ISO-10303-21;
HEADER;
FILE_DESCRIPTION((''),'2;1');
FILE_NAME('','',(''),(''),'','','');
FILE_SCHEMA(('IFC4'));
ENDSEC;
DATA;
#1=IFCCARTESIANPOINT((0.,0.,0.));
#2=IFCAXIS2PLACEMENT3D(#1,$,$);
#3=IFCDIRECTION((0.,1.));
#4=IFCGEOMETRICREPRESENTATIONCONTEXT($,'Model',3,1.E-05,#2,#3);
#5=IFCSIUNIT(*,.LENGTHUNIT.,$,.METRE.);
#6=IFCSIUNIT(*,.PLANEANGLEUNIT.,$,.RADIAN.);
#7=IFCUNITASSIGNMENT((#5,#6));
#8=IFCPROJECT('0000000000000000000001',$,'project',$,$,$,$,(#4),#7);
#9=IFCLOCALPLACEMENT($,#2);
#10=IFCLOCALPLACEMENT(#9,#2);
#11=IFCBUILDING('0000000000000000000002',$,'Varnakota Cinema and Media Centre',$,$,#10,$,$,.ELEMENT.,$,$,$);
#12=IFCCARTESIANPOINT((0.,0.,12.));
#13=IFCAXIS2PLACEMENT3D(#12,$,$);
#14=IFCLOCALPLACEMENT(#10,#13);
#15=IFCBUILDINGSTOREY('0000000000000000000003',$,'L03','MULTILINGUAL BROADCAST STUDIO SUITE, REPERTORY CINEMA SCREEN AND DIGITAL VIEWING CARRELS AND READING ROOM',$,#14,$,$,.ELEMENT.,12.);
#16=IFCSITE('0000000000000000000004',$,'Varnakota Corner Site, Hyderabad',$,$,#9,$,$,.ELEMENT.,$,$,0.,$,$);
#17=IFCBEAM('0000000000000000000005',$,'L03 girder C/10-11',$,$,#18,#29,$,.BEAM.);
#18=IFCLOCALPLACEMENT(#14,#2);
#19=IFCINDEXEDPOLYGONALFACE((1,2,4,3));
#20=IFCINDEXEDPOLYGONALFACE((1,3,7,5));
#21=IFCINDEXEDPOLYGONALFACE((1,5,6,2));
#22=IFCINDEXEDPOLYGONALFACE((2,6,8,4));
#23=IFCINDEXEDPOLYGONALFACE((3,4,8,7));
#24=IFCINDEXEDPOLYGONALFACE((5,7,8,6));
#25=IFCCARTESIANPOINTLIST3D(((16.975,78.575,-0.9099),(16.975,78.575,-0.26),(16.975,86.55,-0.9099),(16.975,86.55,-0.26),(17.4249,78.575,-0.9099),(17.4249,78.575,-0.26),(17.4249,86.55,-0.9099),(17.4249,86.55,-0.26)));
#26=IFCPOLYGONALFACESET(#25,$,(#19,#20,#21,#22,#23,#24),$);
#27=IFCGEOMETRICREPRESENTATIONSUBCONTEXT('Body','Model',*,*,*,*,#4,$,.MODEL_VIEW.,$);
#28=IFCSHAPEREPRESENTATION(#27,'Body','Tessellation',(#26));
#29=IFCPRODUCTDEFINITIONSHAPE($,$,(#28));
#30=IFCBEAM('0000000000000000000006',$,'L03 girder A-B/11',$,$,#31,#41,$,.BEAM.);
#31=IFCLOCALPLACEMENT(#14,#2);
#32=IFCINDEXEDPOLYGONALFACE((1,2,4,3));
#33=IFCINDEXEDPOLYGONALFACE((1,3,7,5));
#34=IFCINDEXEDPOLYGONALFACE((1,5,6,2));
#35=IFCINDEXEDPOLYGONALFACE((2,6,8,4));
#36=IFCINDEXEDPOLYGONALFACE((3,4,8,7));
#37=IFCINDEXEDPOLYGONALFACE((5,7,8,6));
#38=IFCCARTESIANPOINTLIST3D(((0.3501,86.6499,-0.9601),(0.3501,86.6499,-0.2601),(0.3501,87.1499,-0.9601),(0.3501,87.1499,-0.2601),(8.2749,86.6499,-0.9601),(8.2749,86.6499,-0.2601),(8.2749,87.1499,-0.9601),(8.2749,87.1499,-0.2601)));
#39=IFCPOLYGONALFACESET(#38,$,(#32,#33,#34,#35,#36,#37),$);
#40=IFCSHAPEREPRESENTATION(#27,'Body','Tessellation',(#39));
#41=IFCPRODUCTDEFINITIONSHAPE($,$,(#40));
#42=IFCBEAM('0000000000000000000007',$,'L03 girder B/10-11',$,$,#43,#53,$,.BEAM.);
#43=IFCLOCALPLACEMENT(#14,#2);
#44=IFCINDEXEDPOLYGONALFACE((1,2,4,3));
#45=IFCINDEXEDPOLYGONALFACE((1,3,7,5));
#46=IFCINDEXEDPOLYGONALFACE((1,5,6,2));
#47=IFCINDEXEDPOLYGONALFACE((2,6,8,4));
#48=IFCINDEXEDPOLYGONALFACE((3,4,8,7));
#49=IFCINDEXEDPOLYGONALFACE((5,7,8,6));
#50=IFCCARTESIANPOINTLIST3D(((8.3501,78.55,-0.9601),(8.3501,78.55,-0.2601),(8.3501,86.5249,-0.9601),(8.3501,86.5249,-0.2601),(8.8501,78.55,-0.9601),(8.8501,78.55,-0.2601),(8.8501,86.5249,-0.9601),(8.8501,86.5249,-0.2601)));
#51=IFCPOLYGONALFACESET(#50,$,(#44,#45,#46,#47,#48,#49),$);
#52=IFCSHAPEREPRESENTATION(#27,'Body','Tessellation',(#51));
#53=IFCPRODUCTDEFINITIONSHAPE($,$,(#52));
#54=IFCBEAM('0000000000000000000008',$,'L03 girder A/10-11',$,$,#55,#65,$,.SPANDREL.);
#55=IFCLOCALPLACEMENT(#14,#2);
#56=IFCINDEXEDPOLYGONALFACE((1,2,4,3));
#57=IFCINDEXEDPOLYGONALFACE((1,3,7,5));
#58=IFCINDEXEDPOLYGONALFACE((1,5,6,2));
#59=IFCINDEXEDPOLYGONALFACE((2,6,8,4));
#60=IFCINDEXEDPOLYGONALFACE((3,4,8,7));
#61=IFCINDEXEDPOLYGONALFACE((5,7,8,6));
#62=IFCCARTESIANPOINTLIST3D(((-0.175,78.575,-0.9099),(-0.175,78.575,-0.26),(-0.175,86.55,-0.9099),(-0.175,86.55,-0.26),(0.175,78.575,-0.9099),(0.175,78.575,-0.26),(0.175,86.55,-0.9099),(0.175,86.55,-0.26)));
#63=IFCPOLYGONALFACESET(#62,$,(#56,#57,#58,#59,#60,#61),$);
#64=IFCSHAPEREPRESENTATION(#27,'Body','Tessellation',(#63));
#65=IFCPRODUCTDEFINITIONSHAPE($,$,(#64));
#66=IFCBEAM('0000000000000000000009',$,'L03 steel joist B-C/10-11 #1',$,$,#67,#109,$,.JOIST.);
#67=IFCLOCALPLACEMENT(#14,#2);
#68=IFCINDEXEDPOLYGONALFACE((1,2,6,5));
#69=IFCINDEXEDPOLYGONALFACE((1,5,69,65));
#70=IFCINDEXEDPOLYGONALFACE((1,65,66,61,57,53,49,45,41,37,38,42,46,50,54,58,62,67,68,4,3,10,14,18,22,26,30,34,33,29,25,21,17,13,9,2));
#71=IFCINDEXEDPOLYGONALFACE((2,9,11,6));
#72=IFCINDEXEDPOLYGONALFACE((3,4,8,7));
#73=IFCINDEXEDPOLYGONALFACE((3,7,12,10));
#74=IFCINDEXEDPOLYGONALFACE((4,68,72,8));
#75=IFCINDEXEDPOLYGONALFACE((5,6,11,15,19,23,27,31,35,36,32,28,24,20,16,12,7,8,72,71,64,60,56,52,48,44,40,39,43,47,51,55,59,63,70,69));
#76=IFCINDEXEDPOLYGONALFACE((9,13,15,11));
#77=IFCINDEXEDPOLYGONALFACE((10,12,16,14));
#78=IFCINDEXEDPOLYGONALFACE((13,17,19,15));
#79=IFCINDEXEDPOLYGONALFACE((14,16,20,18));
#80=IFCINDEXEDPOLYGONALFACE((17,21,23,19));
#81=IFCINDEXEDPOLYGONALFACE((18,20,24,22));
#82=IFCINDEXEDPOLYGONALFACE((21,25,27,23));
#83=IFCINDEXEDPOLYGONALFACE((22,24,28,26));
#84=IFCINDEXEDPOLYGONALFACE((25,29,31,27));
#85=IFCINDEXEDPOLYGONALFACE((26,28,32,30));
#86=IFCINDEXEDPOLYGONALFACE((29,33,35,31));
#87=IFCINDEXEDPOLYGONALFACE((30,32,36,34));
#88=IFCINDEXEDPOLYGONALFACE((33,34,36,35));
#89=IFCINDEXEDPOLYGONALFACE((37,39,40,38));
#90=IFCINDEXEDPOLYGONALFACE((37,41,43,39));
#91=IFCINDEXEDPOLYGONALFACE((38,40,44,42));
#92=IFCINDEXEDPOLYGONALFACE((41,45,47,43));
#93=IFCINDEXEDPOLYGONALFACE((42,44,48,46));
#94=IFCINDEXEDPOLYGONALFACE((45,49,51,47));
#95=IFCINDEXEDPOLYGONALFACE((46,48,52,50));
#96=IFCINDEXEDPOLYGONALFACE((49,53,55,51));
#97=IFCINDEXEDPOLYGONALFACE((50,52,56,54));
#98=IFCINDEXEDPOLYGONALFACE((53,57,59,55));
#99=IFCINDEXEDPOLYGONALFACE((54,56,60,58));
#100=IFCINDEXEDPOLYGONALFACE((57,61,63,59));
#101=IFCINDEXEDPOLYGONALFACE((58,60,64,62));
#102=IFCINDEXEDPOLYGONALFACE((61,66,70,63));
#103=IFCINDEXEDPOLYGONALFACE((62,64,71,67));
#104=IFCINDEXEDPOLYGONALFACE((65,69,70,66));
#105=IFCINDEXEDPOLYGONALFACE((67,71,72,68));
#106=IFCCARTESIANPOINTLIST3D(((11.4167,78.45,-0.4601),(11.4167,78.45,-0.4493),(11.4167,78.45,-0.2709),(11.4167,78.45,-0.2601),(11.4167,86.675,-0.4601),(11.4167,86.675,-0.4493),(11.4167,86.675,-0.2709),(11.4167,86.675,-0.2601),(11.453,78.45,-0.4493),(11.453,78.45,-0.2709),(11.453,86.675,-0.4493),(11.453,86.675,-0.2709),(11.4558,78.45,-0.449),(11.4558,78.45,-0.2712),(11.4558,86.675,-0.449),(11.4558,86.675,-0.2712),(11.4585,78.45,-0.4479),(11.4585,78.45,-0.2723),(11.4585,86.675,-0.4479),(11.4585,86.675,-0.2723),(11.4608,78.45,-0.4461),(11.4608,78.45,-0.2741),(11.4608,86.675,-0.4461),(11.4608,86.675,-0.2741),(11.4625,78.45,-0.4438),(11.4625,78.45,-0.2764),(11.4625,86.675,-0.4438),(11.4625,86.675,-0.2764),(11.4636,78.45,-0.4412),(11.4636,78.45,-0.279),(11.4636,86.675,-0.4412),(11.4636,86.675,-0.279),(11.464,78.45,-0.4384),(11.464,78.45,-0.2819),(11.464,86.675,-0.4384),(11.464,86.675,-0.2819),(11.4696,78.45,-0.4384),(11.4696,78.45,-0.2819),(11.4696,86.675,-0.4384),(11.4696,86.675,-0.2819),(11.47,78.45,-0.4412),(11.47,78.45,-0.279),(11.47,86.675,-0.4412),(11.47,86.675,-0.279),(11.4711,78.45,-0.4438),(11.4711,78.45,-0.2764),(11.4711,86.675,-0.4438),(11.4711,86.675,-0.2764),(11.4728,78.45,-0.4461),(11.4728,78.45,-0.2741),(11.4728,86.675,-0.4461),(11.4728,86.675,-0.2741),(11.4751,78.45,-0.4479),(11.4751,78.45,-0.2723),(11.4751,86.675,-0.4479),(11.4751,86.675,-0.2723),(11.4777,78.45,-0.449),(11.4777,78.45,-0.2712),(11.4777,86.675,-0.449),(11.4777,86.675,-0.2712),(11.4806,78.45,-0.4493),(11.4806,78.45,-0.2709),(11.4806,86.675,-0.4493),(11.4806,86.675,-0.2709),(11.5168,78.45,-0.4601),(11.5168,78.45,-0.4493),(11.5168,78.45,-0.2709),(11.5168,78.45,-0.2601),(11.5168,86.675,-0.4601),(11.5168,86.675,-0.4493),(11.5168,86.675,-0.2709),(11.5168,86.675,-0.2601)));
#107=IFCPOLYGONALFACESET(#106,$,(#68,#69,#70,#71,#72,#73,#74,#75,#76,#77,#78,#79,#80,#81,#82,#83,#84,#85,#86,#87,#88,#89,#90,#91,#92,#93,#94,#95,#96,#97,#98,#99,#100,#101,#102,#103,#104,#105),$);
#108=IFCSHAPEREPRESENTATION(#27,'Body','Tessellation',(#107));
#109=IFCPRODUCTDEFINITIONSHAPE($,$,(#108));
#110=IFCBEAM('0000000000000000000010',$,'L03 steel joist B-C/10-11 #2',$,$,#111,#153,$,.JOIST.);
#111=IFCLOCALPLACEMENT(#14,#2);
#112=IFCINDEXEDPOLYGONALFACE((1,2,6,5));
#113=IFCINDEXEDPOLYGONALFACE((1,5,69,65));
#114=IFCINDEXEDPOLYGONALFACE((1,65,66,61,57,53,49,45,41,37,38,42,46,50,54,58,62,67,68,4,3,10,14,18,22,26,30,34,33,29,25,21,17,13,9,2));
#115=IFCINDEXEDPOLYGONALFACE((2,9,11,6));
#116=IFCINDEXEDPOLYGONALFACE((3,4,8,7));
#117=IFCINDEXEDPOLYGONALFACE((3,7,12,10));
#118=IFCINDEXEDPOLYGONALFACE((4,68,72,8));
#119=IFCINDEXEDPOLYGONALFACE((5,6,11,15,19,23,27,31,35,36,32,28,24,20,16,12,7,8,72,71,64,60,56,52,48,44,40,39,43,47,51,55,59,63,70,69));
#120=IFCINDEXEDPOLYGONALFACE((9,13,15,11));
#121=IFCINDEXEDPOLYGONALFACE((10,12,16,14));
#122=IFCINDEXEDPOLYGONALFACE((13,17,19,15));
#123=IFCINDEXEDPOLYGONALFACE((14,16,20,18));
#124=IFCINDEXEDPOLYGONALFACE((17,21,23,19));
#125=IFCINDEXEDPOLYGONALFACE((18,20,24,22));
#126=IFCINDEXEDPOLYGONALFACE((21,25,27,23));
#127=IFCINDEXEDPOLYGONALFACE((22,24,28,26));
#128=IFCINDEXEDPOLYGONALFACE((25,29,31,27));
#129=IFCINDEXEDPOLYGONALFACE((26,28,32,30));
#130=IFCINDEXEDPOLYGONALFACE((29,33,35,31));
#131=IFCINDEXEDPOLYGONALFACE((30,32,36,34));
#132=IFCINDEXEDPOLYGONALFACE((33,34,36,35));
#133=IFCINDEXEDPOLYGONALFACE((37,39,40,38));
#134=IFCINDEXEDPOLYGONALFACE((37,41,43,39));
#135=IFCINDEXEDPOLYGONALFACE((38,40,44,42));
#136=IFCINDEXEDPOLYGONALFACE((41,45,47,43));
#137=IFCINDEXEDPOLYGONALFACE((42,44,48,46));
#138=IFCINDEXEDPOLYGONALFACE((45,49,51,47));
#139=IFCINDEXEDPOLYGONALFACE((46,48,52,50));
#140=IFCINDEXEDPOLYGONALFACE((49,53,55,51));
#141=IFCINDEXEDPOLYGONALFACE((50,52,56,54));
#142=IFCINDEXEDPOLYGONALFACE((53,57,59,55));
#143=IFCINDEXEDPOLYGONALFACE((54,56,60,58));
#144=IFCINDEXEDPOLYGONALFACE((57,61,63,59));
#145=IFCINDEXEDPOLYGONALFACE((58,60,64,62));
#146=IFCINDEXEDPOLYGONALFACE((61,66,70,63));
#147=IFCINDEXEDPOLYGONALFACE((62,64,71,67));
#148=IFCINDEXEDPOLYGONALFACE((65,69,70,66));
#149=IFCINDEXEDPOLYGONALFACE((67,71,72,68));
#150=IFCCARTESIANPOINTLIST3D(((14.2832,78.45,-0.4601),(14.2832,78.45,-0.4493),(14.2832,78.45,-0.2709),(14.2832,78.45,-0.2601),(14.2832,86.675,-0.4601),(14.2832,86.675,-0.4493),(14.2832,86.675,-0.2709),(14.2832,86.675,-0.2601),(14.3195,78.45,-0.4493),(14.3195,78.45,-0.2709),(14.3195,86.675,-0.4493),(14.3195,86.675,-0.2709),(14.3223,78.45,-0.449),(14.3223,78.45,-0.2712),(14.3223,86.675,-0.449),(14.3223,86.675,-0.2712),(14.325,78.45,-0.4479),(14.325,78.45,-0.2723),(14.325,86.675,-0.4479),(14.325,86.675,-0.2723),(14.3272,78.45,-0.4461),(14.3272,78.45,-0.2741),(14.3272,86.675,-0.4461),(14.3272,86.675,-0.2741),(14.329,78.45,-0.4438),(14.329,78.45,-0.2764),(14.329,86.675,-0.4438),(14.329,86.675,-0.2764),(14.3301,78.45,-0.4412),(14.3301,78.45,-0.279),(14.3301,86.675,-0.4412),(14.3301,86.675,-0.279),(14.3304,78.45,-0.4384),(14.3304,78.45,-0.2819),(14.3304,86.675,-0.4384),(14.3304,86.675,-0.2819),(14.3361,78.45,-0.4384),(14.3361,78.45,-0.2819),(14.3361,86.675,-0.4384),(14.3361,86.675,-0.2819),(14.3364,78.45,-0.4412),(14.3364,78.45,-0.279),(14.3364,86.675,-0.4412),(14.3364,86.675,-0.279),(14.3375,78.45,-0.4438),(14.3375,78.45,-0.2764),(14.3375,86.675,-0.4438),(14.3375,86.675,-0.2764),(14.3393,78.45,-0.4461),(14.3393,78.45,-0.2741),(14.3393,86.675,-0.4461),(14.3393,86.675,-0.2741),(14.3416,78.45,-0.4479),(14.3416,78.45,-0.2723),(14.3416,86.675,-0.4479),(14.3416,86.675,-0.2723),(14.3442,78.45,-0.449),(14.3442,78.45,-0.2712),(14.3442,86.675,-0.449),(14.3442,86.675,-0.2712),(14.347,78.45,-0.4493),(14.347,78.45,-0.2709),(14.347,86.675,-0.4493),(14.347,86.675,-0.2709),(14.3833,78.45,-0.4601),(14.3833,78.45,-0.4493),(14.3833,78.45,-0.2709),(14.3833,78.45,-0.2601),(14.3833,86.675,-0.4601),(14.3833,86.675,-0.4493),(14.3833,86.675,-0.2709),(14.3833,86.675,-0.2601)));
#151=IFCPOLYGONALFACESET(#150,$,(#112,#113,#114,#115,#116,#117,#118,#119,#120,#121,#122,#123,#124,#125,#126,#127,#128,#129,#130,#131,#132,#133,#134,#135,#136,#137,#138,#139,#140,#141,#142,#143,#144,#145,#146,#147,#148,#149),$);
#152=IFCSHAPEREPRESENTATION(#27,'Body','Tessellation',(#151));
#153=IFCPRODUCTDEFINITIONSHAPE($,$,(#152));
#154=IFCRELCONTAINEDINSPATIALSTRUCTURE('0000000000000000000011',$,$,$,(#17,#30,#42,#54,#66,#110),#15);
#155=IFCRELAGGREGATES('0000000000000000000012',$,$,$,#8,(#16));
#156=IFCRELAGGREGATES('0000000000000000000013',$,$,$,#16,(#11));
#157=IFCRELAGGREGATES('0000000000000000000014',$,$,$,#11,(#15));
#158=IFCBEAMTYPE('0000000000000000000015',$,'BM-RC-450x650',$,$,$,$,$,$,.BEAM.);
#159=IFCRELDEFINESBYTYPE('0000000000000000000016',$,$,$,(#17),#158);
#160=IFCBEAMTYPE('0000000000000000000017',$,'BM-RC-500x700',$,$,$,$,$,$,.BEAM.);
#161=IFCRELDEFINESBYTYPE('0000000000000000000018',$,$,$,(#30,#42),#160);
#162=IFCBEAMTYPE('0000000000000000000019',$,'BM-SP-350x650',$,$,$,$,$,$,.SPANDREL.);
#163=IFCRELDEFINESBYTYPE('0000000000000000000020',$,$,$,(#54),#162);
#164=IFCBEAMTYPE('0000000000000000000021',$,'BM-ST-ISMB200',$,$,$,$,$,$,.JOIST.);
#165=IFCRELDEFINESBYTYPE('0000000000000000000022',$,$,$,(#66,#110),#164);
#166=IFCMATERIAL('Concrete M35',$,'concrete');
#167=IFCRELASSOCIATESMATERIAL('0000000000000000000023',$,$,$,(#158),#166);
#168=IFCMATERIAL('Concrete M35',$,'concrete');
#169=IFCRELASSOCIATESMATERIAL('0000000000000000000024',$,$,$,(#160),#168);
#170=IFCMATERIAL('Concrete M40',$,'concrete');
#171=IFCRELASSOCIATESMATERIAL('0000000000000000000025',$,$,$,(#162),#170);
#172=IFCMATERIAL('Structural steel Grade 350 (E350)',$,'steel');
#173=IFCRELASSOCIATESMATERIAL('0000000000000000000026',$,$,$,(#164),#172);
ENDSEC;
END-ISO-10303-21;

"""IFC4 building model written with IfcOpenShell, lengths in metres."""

from ifc_helpers import new_model, si_unit, direction, frame, origin, origin_2d, place, context, subcontext, project, spatial, rectangle, i_section, extrude, material, material_profile, profile_set, type_object, element, save


model = new_model("IFC4")

# Units and contexts
model_context = context("Model", 3, precision=1e-05, world=origin(), true_north=direction((0.0, 1.0)))
body_context = subcontext(model_context, "Body", "Model", "MODEL_VIEW")
ifc_project = project(units=[si_unit("LENGTHUNIT", "METRE"), si_unit("PLANEANGLEUNIT", "RADIAN")], contexts=[model_context])

# Site, building, storey
site_placement = place(None, origin())
site = spatial("IfcSite", under=ifc_project, at=site_placement, Name="Varnakota Corner Site, Hyderabad", CompositionType="ELEMENT", RefElevation=0.0)
building_placement = place(site_placement, origin())
building = spatial("IfcBuilding", under=site, at=building_placement, Name="Varnakota Cinema and Media Centre", CompositionType="ELEMENT")
storey_placement = place(building_placement, frame((0.0, 0.0, 12.0)))
storey = spatial("IfcBuildingStorey", under=building, at=storey_placement, Name="L03", Description="MULTILINGUAL BROADCAST STUDIO SUITE, REPERTORY CINEMA SCREEN AND DIGITAL VIEWING CARRELS AND READING ROOM", CompositionType="ELEMENT", Elevation=12.0)

# Beams
ifc_material_1 = material(Name="Concrete M35", Category="concrete")
ifc_material_profile_1 = material_profile(ifc_material_1, rectangle(XDim=0.45, YDim=0.6499, at=origin_2d()), Name="RCB 450x650")
ifc_profile_set_1 = profile_set([ifc_material_profile_1], Name="Concrete M35")
beam_type_1 = type_object("IfcBeamType", Name="BM-RC-450x650", PredefinedType="BEAM", material=ifc_profile_set_1)
beam_1_placement = place(storey_placement, frame((17.2, 78.575, -0.585), z_axis=(0.0, 1.0, 0.0), x_axis=(-1.0, 0.0, 0.0)))
element("IfcBeam", 1, at=beam_1_placement, inside=storey, type_object=beam_type_1, Name="L03 girder C/10-11", PredefinedType="BEAM", context=body_context, shape_type="SweptSolid", body=[
    extrude(rectangle(XDim=0.45, YDim=0.6499, at=origin_2d()), origin(), (0.0, 0.0, 1.0), 7.9751),
])
ifc_material_2 = material(Name="Concrete M35", Category="concrete")
ifc_material_profile_2 = material_profile(ifc_material_2, rectangle(XDim=0.5, YDim=0.7, at=origin_2d()), Name="RCB 500x700")
ifc_profile_set_2 = profile_set([ifc_material_profile_2], Name="Concrete M35")
beam_type_2 = type_object("IfcBeamType", Name="BM-RC-500x700", PredefinedType="BEAM", material=ifc_profile_set_2)
beam_2_placement = place(storey_placement, frame((0.3501, 86.8999, -0.6101), z_axis=(1.0, 0.0, 0.0), x_axis=(0.0, 1.0, 0.0)))
element("IfcBeam", 2, at=beam_2_placement, inside=storey, type_object=beam_type_2, Name="L03 girder A-B/11", PredefinedType="BEAM", context=body_context, shape_type="SweptSolid", body=[
    extrude(rectangle(XDim=0.5, YDim=0.7, at=origin_2d()), origin(), (0.0, 0.0, 1.0), 7.9248),
])
beam_3_placement = place(storey_placement, frame((8.6001, 78.55, -0.6101), z_axis=(0.0, 1.0, 0.0), x_axis=(-1.0, 0.0, 0.0)))
element("IfcBeam", 3, at=beam_3_placement, inside=storey, type_object=beam_type_2, Name="L03 girder B/10-11", PredefinedType="BEAM", context=body_context, shape_type="SweptSolid", body=[
    extrude(rectangle(XDim=0.5, YDim=0.7, at=origin_2d()), origin(), (0.0, 0.0, 1.0), 7.9749),
])
ifc_material_3 = material(Name="Concrete M40", Category="concrete")
ifc_material_profile_3 = material_profile(ifc_material_3, rectangle(XDim=0.3501, YDim=0.6499, at=origin_2d()), Name="RCB 350x650")
ifc_profile_set_3 = profile_set([ifc_material_profile_3], Name="Concrete M40")
beam_type_3 = type_object("IfcBeamType", Name="BM-SP-350x650", PredefinedType="SPANDREL", material=ifc_profile_set_3)
beam_4_placement = place(storey_placement, frame((0.0, 78.575, -0.585), z_axis=(0.0, 1.0, 0.0), x_axis=(-1.0, 0.0, 0.0)))
element("IfcBeam", 4, at=beam_4_placement, inside=storey, type_object=beam_type_3, Name="L03 girder A/10-11", PredefinedType="SPANDREL", context=body_context, shape_type="SweptSolid", body=[
    extrude(rectangle(XDim=0.3501, YDim=0.6499, at=origin_2d()), origin(), (0.0, 0.0, 1.0), 7.9751),
])
ifc_material_4 = material(Name="Structural steel Grade 350 (E350)", Category="steel")
ifc_material_profile_4 = material_profile(ifc_material_4, i_section(OverallWidth=0.1001, OverallDepth=0.2, WebThickness=0.0056, FlangeThickness=0.0107, FilletRadius=0.011, at=origin_2d()), Name="ISMB 200")
ifc_profile_set_4 = profile_set([ifc_material_profile_4], Name="Structural steel Grade 350 (E350)")
beam_type_4 = type_object("IfcBeamType", Name="BM-ST-ISMB200", PredefinedType="JOIST", material=ifc_profile_set_4)
for number, where, z_axis, x_axis, name in (
    (5, (11.4668, 78.45, -0.3601), (0.0, 1.0, 0.0), (-1.0, 0.0, 0.0), "L03 steel joist B-C/10-11 #1"),
    (6, (14.3333, 78.45, -0.3601), (0.0, 1.0, 0.0), (-1.0, 0.0, 0.0), "L03 steel joist B-C/10-11 #2"),
):
    element("IfcBeam", number, at=place(storey_placement, frame(where, z_axis=z_axis, x_axis=x_axis)), inside=storey, type_object=beam_type_4, Name=name, PredefinedType="JOIST", context=body_context, shape_type="SweptSolid", body=[
        extrude(i_section(OverallWidth=0.1001, OverallDepth=0.2, WebThickness=0.0056, FlangeThickness=0.0107, FilletRadius=0.011, at=origin_2d()), origin(), (0.0, 0.0, 1.0), 8.2251),
    ])

save(model, "model.ifc")
